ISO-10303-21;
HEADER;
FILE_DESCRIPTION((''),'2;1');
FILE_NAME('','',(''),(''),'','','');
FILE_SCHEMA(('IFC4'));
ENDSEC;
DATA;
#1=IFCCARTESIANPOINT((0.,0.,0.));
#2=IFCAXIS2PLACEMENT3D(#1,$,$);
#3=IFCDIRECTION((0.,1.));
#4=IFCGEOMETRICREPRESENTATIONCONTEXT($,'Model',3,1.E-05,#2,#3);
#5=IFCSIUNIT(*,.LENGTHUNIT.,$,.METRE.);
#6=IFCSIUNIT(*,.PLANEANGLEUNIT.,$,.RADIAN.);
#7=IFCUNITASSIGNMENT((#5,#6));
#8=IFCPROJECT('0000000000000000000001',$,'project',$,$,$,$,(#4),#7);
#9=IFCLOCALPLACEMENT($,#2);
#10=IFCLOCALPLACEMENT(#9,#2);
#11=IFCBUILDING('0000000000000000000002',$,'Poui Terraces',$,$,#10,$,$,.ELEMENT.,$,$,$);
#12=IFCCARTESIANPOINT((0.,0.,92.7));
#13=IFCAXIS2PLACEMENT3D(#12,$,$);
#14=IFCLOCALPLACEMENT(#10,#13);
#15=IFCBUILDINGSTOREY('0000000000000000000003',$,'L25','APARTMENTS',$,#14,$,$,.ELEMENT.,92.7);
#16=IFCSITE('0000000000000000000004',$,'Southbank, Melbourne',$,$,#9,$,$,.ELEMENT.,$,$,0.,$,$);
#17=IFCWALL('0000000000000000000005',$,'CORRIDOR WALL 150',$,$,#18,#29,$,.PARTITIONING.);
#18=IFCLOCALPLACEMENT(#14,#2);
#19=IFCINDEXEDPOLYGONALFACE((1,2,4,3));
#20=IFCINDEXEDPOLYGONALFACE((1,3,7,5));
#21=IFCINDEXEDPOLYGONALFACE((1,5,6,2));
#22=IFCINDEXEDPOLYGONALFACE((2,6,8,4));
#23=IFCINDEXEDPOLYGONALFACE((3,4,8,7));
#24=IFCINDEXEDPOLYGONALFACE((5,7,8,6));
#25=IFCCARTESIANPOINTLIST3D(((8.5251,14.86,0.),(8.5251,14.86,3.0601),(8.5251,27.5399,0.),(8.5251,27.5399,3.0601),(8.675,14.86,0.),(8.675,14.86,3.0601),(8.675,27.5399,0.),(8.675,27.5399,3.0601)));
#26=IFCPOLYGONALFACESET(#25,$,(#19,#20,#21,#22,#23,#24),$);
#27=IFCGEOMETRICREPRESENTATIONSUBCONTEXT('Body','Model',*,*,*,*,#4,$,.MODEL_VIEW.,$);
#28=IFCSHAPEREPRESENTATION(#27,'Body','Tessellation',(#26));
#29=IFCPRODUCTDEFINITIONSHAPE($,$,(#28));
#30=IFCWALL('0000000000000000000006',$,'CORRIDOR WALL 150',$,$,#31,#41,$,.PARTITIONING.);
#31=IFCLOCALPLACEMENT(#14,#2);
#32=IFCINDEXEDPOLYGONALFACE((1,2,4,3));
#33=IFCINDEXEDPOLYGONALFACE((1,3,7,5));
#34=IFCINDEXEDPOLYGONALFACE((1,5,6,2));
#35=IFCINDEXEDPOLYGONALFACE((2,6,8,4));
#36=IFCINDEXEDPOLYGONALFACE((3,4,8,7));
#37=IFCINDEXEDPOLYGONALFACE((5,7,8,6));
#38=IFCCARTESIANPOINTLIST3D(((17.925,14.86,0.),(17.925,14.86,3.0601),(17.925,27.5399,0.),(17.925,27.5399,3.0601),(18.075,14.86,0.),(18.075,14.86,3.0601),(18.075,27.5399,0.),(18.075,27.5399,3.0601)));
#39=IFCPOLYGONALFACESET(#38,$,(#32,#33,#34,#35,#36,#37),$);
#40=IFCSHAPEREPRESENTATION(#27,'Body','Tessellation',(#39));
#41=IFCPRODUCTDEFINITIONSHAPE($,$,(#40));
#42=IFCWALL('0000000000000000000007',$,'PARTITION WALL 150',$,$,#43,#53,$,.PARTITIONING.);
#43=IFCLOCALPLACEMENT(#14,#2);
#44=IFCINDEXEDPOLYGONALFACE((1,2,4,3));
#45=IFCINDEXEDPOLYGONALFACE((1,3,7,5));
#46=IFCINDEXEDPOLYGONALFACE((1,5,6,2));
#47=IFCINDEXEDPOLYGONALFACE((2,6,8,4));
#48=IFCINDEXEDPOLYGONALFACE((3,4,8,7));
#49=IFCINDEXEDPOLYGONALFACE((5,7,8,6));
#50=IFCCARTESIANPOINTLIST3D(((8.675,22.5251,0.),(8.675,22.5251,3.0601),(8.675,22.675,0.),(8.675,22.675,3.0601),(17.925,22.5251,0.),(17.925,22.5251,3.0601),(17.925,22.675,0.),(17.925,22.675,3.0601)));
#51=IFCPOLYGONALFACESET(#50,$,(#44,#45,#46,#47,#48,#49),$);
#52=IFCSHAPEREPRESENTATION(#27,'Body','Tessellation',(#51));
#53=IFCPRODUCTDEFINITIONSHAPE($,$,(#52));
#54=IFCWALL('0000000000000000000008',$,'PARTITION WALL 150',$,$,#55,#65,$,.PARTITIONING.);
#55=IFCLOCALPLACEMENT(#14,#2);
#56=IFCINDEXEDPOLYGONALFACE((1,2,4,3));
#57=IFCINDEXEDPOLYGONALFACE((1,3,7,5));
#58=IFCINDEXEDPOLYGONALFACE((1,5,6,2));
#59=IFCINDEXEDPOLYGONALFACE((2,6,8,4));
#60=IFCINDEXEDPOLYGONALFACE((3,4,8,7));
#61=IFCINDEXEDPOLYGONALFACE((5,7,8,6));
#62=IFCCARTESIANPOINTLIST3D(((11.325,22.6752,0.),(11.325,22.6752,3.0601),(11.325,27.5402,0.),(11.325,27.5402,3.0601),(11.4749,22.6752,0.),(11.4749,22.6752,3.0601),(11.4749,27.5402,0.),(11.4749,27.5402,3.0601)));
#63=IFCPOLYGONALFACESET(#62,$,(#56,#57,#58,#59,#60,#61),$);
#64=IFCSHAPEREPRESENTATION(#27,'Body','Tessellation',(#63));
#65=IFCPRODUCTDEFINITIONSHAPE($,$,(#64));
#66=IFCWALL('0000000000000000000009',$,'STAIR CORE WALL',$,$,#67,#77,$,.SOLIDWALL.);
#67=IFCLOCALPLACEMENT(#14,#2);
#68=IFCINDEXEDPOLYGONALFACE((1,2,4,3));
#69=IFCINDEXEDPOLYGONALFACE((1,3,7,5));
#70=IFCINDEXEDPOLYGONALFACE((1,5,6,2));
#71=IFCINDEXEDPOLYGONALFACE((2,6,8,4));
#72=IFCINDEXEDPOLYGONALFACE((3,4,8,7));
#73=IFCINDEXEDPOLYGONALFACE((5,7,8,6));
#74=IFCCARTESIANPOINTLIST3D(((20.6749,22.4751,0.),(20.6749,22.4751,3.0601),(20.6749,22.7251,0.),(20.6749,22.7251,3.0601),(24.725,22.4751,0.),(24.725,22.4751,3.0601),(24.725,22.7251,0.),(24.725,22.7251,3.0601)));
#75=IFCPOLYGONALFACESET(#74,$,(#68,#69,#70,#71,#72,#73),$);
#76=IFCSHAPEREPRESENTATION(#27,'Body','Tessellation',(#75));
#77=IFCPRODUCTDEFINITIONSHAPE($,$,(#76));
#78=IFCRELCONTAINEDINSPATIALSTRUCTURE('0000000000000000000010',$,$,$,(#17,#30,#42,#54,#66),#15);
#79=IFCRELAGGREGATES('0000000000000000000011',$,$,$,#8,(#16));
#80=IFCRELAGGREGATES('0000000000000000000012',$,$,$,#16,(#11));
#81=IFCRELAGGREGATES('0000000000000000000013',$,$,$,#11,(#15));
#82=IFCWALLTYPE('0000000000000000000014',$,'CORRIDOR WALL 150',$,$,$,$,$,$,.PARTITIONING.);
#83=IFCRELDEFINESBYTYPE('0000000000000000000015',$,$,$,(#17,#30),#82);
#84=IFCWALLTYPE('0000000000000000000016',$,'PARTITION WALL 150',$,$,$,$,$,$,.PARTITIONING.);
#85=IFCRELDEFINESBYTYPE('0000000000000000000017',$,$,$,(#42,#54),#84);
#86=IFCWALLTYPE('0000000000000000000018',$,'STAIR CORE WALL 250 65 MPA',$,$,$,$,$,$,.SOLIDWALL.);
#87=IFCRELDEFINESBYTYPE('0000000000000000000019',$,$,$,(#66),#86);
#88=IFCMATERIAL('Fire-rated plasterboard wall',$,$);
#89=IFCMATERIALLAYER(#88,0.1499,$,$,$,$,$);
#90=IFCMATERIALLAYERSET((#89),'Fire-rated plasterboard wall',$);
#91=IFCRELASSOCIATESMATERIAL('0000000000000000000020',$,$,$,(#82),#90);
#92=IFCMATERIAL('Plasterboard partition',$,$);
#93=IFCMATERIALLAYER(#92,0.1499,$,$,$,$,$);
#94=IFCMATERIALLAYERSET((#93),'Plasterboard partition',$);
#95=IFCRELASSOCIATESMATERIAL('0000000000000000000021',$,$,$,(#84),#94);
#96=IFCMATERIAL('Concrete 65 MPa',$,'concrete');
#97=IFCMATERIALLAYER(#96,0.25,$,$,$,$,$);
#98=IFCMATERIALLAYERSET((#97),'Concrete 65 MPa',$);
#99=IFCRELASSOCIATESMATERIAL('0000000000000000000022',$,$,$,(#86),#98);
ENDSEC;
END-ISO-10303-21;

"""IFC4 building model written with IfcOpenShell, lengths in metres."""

from ifc_helpers import new_model, si_unit, direction, frame, frame_2d, origin, place, context, subcontext, project, spatial, rectangle, extrude, material, layer, layer_set, type_object, element, save


model = new_model("IFC4")

# Units and contexts
model_context = context("Model", 3, precision=1e-05, world=origin(), true_north=direction((0.0, 1.0)))
body_context = subcontext(model_context, "Body", "Model", "MODEL_VIEW")
ifc_project = project(units=[si_unit("LENGTHUNIT", "METRE"), si_unit("PLANEANGLEUNIT", "RADIAN")], contexts=[model_context])

# Site, building, storey
site_placement = place(None, origin())
site = spatial("IfcSite", under=ifc_project, at=site_placement, Name="Southbank, Melbourne", CompositionType="ELEMENT", RefElevation=0.0)
building_placement = place(site_placement, origin())
building = spatial("IfcBuilding", under=site, at=building_placement, Name="Poui Terraces", CompositionType="ELEMENT")
storey_placement = place(building_placement, frame((0.0, 0.0, 92.7)))
storey = spatial("IfcBuildingStorey", under=building, at=storey_placement, Name="L25", Description="APARTMENTS", CompositionType="ELEMENT", Elevation=92.7)

# Walls
ifc_material_1 = material(Name="Fire-rated plasterboard wall")
ifc_layer_1 = layer(ifc_material_1, 0.1499)
ifc_layer_set_1 = layer_set([ifc_layer_1], Name="Fire-rated plasterboard wall")
wall_type_1 = type_object("IfcWallType", Name="CORRIDOR WALL 150", PredefinedType="PARTITIONING", material=ifc_layer_set_1)
for number, where, z_axis, x_axis, name in (
    (1, (8.6001, 14.8601, 0.0), (0.0, 0.0, 1.0), (0.0, 1.0, 0.0), "CORRIDOR WALL 150"),
    (2, (18.0, 14.8601, 0.0), (0.0, 0.0, 1.0), (0.0, 1.0, 0.0), "CORRIDOR WALL 150"),
):
    element("IfcWall", number, at=place(storey_placement, frame(where, z_axis=z_axis, x_axis=x_axis)), inside=storey, type_object=wall_type_1, Name=name, PredefinedType="PARTITIONING", context=body_context, shape_type="SweptSolid", body=[
        extrude(rectangle(XDim=12.6799, YDim=0.1499, at=frame_2d((6.3398, 0.0))), origin(), (0.0, 0.0, 1.0), 3.0601),
    ])
ifc_material_2 = material(Name="Plasterboard partition")
ifc_layer_2 = layer(ifc_material_2, 0.1499)
ifc_layer_set_2 = layer_set([ifc_layer_2], Name="Plasterboard partition")
wall_type_2 = type_object("IfcWallType", Name="PARTITION WALL 150", PredefinedType="PARTITIONING", material=ifc_layer_set_2)
wall_1_placement = place(storey_placement, frame((8.675, 22.6001, 0.0), z_axis=(0.0, 0.0, 1.0), x_axis=(1.0, 0.0, 0.0)))
element("IfcWall", 3, at=wall_1_placement, inside=storey, type_object=wall_type_2, Name="PARTITION WALL 150", PredefinedType="PARTITIONING", context=body_context, shape_type="SweptSolid", body=[
    extrude(rectangle(XDim=9.25, YDim=0.1499, at=frame_2d((4.625, 0.0))), origin(), (0.0, 0.0, 1.0), 3.0601),
])
wall_2_placement = place(storey_placement, frame((11.3999, 22.675, 0.0), z_axis=(0.0, 0.0, 1.0), x_axis=(0.0, 1.0, 0.0)))
element("IfcWall", 4, at=wall_2_placement, inside=storey, type_object=wall_type_2, Name="PARTITION WALL 150", PredefinedType="PARTITIONING", context=body_context, shape_type="SweptSolid", body=[
    extrude(rectangle(XDim=4.865, YDim=0.1499, at=frame_2d((2.4326, 0.0))), origin(), (0.0, 0.0, 1.0), 3.0601),
])

# Shared definitions
ifc_material_3 = material(Name="Concrete 65 MPa", Category="concrete")

# Wall
ifc_layer_3 = layer(ifc_material_3, 0.25)
ifc_layer_set_3 = layer_set([ifc_layer_3], Name="Concrete 65 MPa")
wall_type_3 = type_object("IfcWallType", Name="STAIR CORE WALL 250 65 MPA", PredefinedType="SOLIDWALL", material=ifc_layer_set_3)
wall_3_placement = place(storey_placement, frame((20.675, 22.6001, 0.0), z_axis=(0.0, 0.0, 1.0), x_axis=(1.0, 0.0, 0.0)))
element("IfcWall", 5, at=wall_3_placement, inside=storey, type_object=wall_type_3, Name="STAIR CORE WALL", PredefinedType="SOLIDWALL", context=body_context, shape_type="SweptSolid", body=[
    extrude(rectangle(XDim=4.05, YDim=0.25, at=frame_2d((2.0249, 0.0))), origin(), (0.0, 0.0, 1.0), 3.0601),
])

save(model, "model.ifc")
